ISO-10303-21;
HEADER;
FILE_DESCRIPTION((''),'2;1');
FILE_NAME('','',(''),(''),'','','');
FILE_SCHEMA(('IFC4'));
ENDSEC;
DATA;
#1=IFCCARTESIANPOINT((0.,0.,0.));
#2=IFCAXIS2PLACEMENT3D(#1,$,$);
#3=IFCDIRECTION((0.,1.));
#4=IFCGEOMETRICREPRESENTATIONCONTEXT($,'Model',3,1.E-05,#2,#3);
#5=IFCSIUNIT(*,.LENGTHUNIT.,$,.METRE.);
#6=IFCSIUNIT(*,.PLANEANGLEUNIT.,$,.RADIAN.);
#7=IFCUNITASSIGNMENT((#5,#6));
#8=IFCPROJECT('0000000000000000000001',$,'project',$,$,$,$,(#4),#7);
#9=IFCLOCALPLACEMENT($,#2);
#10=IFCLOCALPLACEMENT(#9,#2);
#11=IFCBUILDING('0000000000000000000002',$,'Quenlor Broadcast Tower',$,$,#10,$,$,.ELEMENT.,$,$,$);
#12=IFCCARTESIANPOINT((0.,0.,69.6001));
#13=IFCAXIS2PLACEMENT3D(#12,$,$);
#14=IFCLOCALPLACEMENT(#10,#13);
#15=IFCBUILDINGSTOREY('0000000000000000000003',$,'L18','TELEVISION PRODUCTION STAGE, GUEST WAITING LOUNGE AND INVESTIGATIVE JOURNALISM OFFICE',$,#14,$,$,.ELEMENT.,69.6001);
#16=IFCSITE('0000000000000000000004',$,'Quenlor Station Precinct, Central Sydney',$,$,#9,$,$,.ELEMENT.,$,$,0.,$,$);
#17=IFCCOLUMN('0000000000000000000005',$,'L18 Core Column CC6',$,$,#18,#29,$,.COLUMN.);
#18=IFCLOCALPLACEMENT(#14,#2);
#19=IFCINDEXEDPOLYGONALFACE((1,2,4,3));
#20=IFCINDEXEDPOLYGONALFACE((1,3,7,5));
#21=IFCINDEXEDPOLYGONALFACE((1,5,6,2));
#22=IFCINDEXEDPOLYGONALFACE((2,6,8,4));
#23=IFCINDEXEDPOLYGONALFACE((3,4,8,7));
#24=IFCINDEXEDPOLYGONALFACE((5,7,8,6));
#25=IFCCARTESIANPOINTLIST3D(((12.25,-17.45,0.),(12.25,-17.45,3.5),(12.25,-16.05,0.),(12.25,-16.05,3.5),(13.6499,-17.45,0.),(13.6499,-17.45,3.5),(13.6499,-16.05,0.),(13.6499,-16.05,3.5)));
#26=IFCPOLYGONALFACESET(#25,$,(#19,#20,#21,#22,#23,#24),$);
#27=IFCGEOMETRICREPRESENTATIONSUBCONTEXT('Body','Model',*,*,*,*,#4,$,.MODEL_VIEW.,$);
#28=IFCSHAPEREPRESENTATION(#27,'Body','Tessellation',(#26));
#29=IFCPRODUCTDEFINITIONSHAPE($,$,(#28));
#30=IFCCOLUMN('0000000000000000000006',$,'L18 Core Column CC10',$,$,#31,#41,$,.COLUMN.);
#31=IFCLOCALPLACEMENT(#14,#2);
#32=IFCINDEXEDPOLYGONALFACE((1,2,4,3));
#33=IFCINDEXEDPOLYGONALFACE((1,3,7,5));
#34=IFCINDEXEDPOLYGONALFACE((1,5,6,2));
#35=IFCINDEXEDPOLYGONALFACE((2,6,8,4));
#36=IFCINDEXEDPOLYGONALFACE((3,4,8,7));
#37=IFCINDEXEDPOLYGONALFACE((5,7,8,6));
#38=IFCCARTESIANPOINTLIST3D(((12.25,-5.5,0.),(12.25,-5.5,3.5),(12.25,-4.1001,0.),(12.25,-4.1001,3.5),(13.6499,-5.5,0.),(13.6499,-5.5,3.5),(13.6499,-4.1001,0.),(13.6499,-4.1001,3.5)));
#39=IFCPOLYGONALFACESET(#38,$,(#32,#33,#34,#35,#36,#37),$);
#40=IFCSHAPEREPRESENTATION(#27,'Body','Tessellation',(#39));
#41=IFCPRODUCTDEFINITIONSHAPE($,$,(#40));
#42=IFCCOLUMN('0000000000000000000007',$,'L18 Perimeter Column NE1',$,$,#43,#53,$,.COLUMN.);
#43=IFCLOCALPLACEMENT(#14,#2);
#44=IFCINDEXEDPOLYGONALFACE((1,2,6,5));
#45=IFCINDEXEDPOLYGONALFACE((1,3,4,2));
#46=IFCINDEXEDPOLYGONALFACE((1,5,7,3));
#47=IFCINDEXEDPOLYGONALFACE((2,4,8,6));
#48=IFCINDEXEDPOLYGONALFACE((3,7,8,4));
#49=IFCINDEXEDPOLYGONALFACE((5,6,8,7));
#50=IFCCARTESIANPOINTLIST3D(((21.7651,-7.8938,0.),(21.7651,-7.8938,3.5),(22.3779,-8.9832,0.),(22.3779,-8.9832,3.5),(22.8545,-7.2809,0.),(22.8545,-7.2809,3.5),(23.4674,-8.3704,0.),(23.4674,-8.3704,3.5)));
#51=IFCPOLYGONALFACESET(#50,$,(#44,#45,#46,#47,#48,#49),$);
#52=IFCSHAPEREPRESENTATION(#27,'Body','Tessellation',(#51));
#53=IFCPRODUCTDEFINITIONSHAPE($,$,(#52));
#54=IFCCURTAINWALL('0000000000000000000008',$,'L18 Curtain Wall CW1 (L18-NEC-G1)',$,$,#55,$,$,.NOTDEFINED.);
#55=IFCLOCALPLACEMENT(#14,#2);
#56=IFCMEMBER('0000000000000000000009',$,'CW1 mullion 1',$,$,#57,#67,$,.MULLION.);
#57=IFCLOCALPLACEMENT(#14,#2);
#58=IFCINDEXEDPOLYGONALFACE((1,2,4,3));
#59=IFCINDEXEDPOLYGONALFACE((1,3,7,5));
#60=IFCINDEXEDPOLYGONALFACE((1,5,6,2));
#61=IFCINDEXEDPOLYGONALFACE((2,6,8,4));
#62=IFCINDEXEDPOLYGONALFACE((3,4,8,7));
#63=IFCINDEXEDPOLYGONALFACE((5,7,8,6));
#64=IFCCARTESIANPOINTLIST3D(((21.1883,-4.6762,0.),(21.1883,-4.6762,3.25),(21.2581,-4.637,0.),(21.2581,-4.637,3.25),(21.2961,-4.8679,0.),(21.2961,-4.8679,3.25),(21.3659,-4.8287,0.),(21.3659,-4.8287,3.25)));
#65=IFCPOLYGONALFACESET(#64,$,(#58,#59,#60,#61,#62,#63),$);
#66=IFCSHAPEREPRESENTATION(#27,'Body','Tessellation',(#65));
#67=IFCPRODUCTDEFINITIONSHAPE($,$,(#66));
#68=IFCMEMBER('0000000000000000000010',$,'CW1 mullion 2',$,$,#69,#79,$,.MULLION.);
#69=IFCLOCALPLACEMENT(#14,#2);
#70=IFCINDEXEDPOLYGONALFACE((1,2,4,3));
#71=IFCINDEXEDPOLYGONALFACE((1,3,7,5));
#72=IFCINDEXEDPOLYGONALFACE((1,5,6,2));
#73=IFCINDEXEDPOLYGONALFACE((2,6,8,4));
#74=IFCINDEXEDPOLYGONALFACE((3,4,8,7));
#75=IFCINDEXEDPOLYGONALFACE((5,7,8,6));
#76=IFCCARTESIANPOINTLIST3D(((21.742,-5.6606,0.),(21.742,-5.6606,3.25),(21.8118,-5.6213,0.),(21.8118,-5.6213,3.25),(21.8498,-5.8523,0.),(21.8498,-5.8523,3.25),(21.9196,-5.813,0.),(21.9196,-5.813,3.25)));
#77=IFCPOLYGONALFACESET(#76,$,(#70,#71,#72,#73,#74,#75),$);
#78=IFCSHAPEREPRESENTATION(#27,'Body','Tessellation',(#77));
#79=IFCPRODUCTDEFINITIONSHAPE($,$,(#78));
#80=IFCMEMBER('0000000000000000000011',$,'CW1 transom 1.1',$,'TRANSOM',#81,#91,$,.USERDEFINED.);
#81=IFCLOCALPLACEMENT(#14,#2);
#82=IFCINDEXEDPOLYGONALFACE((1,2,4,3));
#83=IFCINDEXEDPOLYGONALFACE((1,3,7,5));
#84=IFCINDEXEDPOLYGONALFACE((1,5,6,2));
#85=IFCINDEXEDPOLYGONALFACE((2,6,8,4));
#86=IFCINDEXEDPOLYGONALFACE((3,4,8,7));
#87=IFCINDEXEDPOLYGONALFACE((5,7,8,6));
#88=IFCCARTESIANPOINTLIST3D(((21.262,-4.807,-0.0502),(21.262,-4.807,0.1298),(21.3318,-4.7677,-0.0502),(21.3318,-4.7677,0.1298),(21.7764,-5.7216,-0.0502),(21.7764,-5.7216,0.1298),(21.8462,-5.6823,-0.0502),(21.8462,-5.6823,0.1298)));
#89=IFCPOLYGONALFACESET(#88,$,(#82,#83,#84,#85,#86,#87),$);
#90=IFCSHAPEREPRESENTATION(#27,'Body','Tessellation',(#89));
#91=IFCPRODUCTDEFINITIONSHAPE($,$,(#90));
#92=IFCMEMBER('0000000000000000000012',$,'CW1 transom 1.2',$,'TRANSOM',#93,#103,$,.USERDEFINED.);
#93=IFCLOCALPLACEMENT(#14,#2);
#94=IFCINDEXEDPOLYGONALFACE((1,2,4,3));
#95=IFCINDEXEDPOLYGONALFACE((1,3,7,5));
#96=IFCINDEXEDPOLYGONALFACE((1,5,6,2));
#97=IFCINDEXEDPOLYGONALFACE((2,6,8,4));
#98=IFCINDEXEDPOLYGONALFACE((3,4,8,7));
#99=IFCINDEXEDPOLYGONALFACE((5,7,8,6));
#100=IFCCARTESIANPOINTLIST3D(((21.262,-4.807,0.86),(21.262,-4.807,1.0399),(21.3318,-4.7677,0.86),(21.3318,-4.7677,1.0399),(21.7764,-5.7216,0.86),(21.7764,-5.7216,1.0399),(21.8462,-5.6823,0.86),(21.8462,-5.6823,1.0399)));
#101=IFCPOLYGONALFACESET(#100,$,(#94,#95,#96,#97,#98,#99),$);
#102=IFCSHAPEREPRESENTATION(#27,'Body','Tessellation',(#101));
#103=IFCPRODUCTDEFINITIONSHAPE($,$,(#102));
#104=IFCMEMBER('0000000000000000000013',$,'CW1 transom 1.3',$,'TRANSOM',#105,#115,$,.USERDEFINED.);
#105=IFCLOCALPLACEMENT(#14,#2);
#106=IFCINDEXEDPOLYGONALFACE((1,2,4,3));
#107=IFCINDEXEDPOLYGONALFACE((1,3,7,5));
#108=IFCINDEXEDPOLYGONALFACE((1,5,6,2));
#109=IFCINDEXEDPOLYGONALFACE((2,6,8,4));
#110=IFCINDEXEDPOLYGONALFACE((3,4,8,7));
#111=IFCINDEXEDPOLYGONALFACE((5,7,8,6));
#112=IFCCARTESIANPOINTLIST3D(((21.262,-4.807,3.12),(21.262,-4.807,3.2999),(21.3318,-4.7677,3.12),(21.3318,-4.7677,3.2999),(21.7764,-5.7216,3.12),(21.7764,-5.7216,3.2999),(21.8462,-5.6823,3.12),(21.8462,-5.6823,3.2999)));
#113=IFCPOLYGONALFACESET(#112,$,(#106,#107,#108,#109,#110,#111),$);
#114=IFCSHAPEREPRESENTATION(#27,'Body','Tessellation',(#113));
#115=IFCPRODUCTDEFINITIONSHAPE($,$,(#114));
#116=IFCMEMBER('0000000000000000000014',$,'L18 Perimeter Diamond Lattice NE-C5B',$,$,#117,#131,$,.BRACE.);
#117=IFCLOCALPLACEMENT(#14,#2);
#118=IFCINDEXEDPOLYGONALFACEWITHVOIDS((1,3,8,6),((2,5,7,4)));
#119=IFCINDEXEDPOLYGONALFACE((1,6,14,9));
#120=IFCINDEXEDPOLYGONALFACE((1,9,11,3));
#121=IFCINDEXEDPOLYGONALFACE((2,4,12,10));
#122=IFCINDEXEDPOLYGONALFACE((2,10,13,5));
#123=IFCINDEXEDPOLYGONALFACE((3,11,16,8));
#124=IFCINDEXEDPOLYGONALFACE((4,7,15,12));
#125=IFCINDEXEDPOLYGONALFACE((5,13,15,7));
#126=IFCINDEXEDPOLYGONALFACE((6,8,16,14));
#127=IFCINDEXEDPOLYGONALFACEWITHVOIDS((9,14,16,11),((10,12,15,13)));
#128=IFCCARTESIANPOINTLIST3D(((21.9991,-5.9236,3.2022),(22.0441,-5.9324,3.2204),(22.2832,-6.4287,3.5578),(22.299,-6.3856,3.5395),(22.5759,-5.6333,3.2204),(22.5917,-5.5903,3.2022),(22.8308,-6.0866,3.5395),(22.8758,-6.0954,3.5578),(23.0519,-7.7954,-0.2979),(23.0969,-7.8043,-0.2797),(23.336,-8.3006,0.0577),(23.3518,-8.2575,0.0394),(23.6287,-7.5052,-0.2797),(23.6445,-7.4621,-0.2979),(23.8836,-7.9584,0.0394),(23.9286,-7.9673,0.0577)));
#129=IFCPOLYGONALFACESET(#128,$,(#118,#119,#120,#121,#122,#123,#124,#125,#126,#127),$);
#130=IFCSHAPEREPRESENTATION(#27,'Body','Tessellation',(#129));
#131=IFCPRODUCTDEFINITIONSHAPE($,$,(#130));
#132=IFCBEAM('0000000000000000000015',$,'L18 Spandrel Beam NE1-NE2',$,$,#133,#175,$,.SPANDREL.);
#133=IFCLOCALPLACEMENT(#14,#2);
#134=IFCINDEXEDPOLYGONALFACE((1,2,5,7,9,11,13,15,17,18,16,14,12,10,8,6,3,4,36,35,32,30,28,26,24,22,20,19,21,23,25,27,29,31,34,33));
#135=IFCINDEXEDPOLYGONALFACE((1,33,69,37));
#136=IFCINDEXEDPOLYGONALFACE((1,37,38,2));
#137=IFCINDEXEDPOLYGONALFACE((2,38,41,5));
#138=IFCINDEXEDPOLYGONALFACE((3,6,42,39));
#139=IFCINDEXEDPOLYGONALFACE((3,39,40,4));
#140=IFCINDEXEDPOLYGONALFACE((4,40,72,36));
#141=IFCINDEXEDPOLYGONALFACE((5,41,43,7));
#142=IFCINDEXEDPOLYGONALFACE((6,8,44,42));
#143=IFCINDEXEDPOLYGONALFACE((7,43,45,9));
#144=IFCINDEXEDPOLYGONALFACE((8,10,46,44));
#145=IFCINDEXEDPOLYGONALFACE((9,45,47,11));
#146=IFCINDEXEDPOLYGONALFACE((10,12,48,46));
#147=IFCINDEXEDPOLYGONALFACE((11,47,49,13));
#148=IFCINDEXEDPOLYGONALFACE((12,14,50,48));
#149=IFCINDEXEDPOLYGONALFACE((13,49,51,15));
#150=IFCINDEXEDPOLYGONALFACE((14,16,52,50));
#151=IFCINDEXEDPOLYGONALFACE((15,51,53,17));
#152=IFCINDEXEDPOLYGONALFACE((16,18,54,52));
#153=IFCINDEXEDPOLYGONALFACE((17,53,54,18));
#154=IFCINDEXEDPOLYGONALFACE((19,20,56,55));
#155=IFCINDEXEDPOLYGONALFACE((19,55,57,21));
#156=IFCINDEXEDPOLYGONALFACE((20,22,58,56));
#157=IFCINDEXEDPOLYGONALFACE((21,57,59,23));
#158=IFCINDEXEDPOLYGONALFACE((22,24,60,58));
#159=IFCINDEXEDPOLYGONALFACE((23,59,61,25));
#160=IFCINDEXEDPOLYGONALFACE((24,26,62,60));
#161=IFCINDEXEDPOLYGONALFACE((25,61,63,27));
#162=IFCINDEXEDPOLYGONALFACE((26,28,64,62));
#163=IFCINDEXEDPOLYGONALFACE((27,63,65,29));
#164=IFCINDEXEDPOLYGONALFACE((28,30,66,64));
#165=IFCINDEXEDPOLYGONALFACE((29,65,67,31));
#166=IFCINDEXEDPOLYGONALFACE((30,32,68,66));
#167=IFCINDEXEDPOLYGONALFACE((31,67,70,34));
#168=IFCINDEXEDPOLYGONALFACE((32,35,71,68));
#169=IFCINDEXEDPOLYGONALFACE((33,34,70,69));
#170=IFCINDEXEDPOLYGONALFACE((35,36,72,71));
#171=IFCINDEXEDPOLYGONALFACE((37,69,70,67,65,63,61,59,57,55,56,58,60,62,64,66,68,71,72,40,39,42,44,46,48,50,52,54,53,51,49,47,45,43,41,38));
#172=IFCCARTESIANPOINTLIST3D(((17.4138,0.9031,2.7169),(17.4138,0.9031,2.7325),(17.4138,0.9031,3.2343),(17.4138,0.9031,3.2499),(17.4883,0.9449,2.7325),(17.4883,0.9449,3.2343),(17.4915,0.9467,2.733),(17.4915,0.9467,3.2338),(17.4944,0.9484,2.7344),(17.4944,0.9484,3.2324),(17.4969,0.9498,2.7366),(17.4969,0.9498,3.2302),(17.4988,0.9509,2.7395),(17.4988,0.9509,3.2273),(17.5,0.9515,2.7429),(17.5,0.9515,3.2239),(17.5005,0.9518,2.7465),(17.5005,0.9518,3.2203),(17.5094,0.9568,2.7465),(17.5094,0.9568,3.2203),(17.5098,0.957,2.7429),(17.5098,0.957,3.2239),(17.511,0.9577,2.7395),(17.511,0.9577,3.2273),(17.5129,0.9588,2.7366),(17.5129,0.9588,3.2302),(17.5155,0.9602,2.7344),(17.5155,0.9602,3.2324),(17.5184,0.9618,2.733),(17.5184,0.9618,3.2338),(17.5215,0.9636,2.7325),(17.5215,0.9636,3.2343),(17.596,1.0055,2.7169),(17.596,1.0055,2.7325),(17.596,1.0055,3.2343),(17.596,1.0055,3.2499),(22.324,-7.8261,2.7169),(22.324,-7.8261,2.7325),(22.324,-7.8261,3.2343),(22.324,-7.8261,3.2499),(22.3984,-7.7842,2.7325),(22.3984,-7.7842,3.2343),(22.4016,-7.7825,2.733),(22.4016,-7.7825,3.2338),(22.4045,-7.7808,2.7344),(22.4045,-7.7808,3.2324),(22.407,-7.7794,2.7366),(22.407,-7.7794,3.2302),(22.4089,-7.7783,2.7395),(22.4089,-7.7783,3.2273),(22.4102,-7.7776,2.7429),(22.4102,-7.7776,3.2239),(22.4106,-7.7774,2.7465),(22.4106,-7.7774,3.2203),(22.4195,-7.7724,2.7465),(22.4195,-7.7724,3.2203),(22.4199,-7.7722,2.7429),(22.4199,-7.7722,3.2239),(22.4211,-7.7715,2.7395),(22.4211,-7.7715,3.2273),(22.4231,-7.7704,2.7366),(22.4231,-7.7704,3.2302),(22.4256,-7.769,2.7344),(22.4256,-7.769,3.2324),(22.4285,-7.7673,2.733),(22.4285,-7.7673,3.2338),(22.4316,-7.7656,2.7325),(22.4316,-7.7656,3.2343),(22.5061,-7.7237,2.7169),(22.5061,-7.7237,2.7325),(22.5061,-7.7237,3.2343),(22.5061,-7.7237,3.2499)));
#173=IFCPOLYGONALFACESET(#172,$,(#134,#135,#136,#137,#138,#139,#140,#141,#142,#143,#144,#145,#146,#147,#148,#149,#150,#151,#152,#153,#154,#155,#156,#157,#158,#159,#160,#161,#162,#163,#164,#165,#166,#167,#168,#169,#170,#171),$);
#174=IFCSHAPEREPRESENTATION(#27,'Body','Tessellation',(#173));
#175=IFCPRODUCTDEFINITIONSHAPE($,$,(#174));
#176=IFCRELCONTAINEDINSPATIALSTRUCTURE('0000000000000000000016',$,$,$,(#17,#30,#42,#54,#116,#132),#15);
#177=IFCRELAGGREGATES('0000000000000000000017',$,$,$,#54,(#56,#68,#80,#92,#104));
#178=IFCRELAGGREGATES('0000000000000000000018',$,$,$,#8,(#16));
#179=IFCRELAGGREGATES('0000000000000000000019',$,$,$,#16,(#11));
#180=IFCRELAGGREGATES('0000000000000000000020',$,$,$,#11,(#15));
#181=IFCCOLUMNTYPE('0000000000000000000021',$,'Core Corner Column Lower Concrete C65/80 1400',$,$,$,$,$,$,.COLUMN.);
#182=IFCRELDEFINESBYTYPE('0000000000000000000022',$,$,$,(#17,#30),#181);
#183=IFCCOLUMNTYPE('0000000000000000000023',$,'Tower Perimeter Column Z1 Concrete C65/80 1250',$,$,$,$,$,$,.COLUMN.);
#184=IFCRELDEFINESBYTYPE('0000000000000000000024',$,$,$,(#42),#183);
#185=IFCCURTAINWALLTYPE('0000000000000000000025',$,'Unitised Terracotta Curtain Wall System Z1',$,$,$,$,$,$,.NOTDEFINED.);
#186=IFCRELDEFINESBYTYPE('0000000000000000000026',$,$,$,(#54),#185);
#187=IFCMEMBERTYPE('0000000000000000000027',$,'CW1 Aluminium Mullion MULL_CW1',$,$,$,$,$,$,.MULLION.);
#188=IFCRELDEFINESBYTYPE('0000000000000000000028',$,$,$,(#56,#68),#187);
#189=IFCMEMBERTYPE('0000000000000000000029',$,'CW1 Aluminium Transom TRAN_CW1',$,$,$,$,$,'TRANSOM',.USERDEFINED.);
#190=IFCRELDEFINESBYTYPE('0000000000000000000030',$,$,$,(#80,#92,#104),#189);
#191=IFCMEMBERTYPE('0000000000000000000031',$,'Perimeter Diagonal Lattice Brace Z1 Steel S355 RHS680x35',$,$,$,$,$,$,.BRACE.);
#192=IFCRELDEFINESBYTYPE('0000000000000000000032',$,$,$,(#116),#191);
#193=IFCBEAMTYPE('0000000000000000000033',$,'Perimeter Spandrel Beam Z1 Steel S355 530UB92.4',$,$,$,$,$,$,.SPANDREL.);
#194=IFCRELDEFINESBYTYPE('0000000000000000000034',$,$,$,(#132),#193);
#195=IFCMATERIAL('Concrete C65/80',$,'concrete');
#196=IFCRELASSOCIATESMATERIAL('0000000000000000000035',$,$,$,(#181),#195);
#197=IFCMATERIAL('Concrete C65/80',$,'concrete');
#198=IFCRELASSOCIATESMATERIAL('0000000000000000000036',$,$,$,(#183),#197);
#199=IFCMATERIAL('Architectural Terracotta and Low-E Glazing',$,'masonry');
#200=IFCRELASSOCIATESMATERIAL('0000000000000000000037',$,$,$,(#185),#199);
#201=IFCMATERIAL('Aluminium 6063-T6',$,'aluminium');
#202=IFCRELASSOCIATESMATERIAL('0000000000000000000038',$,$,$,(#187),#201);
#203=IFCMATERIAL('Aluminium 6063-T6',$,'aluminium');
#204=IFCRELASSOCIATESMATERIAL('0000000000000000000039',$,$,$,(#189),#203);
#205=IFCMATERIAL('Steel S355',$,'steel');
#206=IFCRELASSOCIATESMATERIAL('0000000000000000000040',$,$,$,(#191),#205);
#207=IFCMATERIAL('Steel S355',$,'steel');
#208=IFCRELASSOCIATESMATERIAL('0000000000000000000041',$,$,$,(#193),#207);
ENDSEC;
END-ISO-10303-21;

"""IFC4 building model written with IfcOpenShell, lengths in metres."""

from ifc_helpers import new_model, si_unit, direction, frame, origin, origin_2d, place, context, subcontext, project, spatial, rectangle, hollow_rectangle, i_section, extrude, material, material_profile, profile_set, type_object, element, aggregate, save


model = new_model("IFC4")

# Units and contexts
model_context = context("Model", 3, precision=1e-05, world=origin(), true_north=direction((0.0, 1.0)))
body_context = subcontext(model_context, "Body", "Model", "MODEL_VIEW")
ifc_project = project(units=[si_unit("LENGTHUNIT", "METRE"), si_unit("PLANEANGLEUNIT", "RADIAN")], contexts=[model_context])

# Site, building, storey
site_placement = place(None, origin())
site = spatial("IfcSite", under=ifc_project, at=site_placement, Name="Quenlor Station Precinct, Central Sydney", CompositionType="ELEMENT", RefElevation=0.0)
building_placement = place(site_placement, origin())
building = spatial("IfcBuilding", under=site, at=building_placement, Name="Quenlor Broadcast Tower", CompositionType="ELEMENT")
storey_placement = place(building_placement, frame((0.0, 0.0, 69.6001)))
storey = spatial("IfcBuildingStorey", under=building, at=storey_placement, Name="L18", Description="TELEVISION PRODUCTION STAGE, GUEST WAITING LOUNGE AND INVESTIGATIVE JOURNALISM OFFICE", CompositionType="ELEMENT", Elevation=69.6001)

# Columns
ifc_material_1 = material(Name="Concrete C65/80", Category="concrete")
ifc_material_profile_1 = material_profile(ifc_material_1, rectangle(XDim=1.3999, YDim=1.3999, at=origin_2d()))
ifc_profile_set_1 = profile_set([ifc_material_profile_1], Name="Concrete C65/80 RC1400x1400")
column_type_1 = type_object("IfcColumnType", Name="Core Corner Column Lower Concrete C65/80 1400", PredefinedType="COLUMN", material=ifc_profile_set_1)
for number, where, z_axis, x_axis, name in (
    (1, (12.95, -16.75, 0.0), (0.0, 0.0, 1.0), (1.0, 0.0, 0.0), "L18 Core Column CC6"),
    (2, (12.95, -4.8, 0.0), (0.0, 0.0, 1.0), (1.0, 0.0, 0.0), "L18 Core Column CC10"),
):
    element("IfcColumn", number, at=place(storey_placement, frame(where, z_axis=z_axis, x_axis=x_axis)), inside=storey, type_object=column_type_1, Name=name, PredefinedType="COLUMN", context=body_context, shape_type="SweptSolid", body=[
        extrude(rectangle(XDim=1.3999, YDim=1.3999, at=origin_2d()), origin(), (0.0, 0.0, 1.0), 3.5),
    ])
ifc_material_2 = material(Name="Concrete C65/80", Category="concrete")
ifc_material_profile_2 = material_profile(ifc_material_2, rectangle(XDim=1.25, YDim=1.25, at=origin_2d()))
ifc_profile_set_2 = profile_set([ifc_material_profile_2], Name="Concrete C65/80 RC1250x1250")
column_type_2 = type_object("IfcColumnType", Name="Tower Perimeter Column Z1 Concrete C65/80 1250", PredefinedType="COLUMN", material=ifc_profile_set_2)
column_placement = place(storey_placement, frame((22.6162, -8.1321, 0.0), z_axis=(0.0, 0.0, 1.0), x_axis=(0.871575, 0.490262, 0.0)))
element("IfcColumn", 3, at=column_placement, inside=storey, type_object=column_type_2, Name="L18 Perimeter Column NE1", PredefinedType="COLUMN", context=body_context, shape_type="SweptSolid", body=[
    extrude(rectangle(XDim=1.25, YDim=1.25, at=origin_2d()), origin(), (0.0, 0.0, 1.0), 3.5),
])

# Curtain wall, members
ifc_material_3 = material(Name="Architectural Terracotta and Low-E Glazing", Category="masonry")
curtain_wall_type = type_object("IfcCurtainWallType", Name="Unitised Terracotta Curtain Wall System Z1", PredefinedType="NOTDEFINED", material=ifc_material_3)
curtain_wall_placement = place(storey_placement, origin())
curtain_wall = element("IfcCurtainWall", 4, at=curtain_wall_placement, inside=storey, type_object=curtain_wall_type, Name="L18 Curtain Wall CW1 (L18-NEC-G1)", PredefinedType="NOTDEFINED")
ifc_material_4 = material(Name="Aluminium 6063-T6", Category="aluminium")
ifc_material_profile_3 = material_profile(ifc_material_4, rectangle(XDim=0.0801, YDim=0.22, at=origin_2d()))
ifc_profile_set_3 = profile_set([ifc_material_profile_3], Name="Aluminium 6063-T6 MULL80x220")
member_type_1 = type_object("IfcMemberType", Name="CW1 Aluminium Mullion MULL_CW1", PredefinedType="MULLION", material=ifc_profile_set_3)
member_1_placement = place(storey_placement, frame((21.2771, -4.7524, 0.0), z_axis=(0.0, 0.0, 1.0), x_axis=(0.871567, 0.490277, 0.0)))
member_1 = element("IfcMember", 5, at=member_1_placement, type_object=member_type_1, Name="CW1 mullion 1", PredefinedType="MULLION", context=body_context, shape_type="SweptSolid", body=[
    extrude(rectangle(XDim=0.0801, YDim=0.22, at=origin_2d()), origin(), (0.0, 0.0, 1.0), 3.25),
])
member_2_placement = place(storey_placement, frame((21.8308, -5.7368, 0.0), z_axis=(0.0, 0.0, 1.0), x_axis=(0.871567, 0.490277, 0.0)))
member_2 = element("IfcMember", 6, at=member_2_placement, type_object=member_type_1, Name="CW1 mullion 2", PredefinedType="MULLION", context=body_context, shape_type="SweptSolid", body=[
    extrude(rectangle(XDim=0.0801, YDim=0.22, at=origin_2d()), origin(), (0.0, 0.0, 1.0), 3.25),
])
ifc_material_5 = material(Name="Aluminium 6063-T6", Category="aluminium")
ifc_material_profile_4 = material_profile(ifc_material_5, rectangle(XDim=0.0801, YDim=0.1799, at=origin_2d()))
ifc_profile_set_4 = profile_set([ifc_material_profile_4], Name="Aluminium 6063-T6 TRAN80x180")
member_type_2 = type_object("IfcMemberType", Name="CW1 Aluminium Transom TRAN_CW1", ElementType="TRANSOM", PredefinedType="USERDEFINED", material=ifc_profile_set_4)
member_3_placement = place(storey_placement, frame((21.2969, -4.7874, 0.0398), z_axis=(0.490239, -0.871588, 0.0), x_axis=(0.871588, 0.490239, 0.0)))
member_3 = element("IfcMember", 7, at=member_3_placement, type_object=member_type_2, Name="CW1 transom 1.1", ObjectType="TRANSOM", PredefinedType="USERDEFINED", context=body_context, shape_type="SweptSolid", body=[
    extrude(rectangle(XDim=0.0801, YDim=0.1799, at=origin_2d()), origin(), (0.0, 0.0, 1.0), 1.0493),
])
member_4_placement = place(storey_placement, frame((21.2969, -4.7874, 0.95), z_axis=(0.490239, -0.871588, 0.0), x_axis=(0.871588, 0.490239, 0.0)))
member_4 = element("IfcMember", 8, at=member_4_placement, type_object=member_type_2, Name="CW1 transom 1.2", ObjectType="TRANSOM", PredefinedType="USERDEFINED", context=body_context, shape_type="SweptSolid", body=[
    extrude(rectangle(XDim=0.0801, YDim=0.1799, at=origin_2d()), origin(), (0.0, 0.0, 1.0), 1.0493),
])
member_5_placement = place(storey_placement, frame((21.2969, -4.7874, 3.21), z_axis=(0.490239, -0.871588, 0.0), x_axis=(0.871588, 0.490239, 0.0)))
member_5 = element("IfcMember", 9, at=member_5_placement, type_object=member_type_2, Name="CW1 transom 1.3", ObjectType="TRANSOM", PredefinedType="USERDEFINED", context=body_context, shape_type="SweptSolid", body=[
    extrude(rectangle(XDim=0.0801, YDim=0.1799, at=origin_2d()), origin(), (0.0, 0.0, 1.0), 1.0493),
])

# Member
ifc_material_6 = material(Name="Steel S355", Category="steel")
ifc_material_profile_5 = material_profile(ifc_material_6, hollow_rectangle(XDim=0.6799, YDim=0.6799, WallThickness=0.0349, at=origin_2d()))
ifc_profile_set_5 = profile_set([ifc_material_profile_5], Name="Steel S355 RHS680x680x35")
member_type_3 = type_object("IfcMemberType", Name="Perimeter Diagonal Lattice Brace Z1 Steel S355 RHS680x35", PredefinedType="BRACE", material=ifc_profile_set_5)
member_6_placement = place(storey_placement, frame((23.4902, -7.8813, -0.1201), z_axis=(-0.256368, 0.455839, 0.852342), x_axis=(-0.871609, -0.490202, 0.0)))
element("IfcMember", 10, at=member_6_placement, inside=storey, type_object=member_type_3, Name="L18 Perimeter Diamond Lattice NE-C5B", PredefinedType="BRACE", context=body_context, shape_type="SweptSolid", body=[
    extrude(hollow_rectangle(XDim=0.6799, YDim=0.6799, WallThickness=0.0349, at=origin_2d()), origin(), (0.0, 0.0, 1.0), 4.1064),
])

# Beam
ifc_material_7 = material(Name="Steel S355", Category="steel")
ifc_material_profile_6 = material_profile(ifc_material_7, i_section(OverallWidth=0.209, OverallDepth=0.533, WebThickness=0.0103, FlangeThickness=0.0156, FilletRadius=0.0139, at=origin_2d()))
ifc_profile_set_6 = profile_set([ifc_material_profile_6], Name="Steel S355 530UB92.4")
beam_type_1 = type_object("IfcBeamType", Name="Perimeter Spandrel Beam Z1 Steel S355 530UB92.4", PredefinedType="SPANDREL", material=ifc_profile_set_6)
beam_1_placement = place(storey_placement, frame((22.415, -7.7749, 2.9834), z_axis=(-0.490258, 0.871577, 0.0), x_axis=(-0.871577, -0.490258, 0.0)))
element("IfcBeam", 11, at=beam_1_placement, inside=storey, type_object=beam_type_1, Name="L18 Spandrel Beam NE1-NE2", PredefinedType="SPANDREL", context=body_context, shape_type="SweptSolid", body=[
    extrude(i_section(OverallWidth=0.209, OverallDepth=0.533, WebThickness=0.0103, FlangeThickness=0.0156, FilletRadius=0.0139, at=origin_2d()), origin(), (0.0, 0.0, 1.0), 10.0154),
])

aggregate(curtain_wall, [member_1, member_2, member_3, member_4, member_5])

save(model, "model.ifc")
